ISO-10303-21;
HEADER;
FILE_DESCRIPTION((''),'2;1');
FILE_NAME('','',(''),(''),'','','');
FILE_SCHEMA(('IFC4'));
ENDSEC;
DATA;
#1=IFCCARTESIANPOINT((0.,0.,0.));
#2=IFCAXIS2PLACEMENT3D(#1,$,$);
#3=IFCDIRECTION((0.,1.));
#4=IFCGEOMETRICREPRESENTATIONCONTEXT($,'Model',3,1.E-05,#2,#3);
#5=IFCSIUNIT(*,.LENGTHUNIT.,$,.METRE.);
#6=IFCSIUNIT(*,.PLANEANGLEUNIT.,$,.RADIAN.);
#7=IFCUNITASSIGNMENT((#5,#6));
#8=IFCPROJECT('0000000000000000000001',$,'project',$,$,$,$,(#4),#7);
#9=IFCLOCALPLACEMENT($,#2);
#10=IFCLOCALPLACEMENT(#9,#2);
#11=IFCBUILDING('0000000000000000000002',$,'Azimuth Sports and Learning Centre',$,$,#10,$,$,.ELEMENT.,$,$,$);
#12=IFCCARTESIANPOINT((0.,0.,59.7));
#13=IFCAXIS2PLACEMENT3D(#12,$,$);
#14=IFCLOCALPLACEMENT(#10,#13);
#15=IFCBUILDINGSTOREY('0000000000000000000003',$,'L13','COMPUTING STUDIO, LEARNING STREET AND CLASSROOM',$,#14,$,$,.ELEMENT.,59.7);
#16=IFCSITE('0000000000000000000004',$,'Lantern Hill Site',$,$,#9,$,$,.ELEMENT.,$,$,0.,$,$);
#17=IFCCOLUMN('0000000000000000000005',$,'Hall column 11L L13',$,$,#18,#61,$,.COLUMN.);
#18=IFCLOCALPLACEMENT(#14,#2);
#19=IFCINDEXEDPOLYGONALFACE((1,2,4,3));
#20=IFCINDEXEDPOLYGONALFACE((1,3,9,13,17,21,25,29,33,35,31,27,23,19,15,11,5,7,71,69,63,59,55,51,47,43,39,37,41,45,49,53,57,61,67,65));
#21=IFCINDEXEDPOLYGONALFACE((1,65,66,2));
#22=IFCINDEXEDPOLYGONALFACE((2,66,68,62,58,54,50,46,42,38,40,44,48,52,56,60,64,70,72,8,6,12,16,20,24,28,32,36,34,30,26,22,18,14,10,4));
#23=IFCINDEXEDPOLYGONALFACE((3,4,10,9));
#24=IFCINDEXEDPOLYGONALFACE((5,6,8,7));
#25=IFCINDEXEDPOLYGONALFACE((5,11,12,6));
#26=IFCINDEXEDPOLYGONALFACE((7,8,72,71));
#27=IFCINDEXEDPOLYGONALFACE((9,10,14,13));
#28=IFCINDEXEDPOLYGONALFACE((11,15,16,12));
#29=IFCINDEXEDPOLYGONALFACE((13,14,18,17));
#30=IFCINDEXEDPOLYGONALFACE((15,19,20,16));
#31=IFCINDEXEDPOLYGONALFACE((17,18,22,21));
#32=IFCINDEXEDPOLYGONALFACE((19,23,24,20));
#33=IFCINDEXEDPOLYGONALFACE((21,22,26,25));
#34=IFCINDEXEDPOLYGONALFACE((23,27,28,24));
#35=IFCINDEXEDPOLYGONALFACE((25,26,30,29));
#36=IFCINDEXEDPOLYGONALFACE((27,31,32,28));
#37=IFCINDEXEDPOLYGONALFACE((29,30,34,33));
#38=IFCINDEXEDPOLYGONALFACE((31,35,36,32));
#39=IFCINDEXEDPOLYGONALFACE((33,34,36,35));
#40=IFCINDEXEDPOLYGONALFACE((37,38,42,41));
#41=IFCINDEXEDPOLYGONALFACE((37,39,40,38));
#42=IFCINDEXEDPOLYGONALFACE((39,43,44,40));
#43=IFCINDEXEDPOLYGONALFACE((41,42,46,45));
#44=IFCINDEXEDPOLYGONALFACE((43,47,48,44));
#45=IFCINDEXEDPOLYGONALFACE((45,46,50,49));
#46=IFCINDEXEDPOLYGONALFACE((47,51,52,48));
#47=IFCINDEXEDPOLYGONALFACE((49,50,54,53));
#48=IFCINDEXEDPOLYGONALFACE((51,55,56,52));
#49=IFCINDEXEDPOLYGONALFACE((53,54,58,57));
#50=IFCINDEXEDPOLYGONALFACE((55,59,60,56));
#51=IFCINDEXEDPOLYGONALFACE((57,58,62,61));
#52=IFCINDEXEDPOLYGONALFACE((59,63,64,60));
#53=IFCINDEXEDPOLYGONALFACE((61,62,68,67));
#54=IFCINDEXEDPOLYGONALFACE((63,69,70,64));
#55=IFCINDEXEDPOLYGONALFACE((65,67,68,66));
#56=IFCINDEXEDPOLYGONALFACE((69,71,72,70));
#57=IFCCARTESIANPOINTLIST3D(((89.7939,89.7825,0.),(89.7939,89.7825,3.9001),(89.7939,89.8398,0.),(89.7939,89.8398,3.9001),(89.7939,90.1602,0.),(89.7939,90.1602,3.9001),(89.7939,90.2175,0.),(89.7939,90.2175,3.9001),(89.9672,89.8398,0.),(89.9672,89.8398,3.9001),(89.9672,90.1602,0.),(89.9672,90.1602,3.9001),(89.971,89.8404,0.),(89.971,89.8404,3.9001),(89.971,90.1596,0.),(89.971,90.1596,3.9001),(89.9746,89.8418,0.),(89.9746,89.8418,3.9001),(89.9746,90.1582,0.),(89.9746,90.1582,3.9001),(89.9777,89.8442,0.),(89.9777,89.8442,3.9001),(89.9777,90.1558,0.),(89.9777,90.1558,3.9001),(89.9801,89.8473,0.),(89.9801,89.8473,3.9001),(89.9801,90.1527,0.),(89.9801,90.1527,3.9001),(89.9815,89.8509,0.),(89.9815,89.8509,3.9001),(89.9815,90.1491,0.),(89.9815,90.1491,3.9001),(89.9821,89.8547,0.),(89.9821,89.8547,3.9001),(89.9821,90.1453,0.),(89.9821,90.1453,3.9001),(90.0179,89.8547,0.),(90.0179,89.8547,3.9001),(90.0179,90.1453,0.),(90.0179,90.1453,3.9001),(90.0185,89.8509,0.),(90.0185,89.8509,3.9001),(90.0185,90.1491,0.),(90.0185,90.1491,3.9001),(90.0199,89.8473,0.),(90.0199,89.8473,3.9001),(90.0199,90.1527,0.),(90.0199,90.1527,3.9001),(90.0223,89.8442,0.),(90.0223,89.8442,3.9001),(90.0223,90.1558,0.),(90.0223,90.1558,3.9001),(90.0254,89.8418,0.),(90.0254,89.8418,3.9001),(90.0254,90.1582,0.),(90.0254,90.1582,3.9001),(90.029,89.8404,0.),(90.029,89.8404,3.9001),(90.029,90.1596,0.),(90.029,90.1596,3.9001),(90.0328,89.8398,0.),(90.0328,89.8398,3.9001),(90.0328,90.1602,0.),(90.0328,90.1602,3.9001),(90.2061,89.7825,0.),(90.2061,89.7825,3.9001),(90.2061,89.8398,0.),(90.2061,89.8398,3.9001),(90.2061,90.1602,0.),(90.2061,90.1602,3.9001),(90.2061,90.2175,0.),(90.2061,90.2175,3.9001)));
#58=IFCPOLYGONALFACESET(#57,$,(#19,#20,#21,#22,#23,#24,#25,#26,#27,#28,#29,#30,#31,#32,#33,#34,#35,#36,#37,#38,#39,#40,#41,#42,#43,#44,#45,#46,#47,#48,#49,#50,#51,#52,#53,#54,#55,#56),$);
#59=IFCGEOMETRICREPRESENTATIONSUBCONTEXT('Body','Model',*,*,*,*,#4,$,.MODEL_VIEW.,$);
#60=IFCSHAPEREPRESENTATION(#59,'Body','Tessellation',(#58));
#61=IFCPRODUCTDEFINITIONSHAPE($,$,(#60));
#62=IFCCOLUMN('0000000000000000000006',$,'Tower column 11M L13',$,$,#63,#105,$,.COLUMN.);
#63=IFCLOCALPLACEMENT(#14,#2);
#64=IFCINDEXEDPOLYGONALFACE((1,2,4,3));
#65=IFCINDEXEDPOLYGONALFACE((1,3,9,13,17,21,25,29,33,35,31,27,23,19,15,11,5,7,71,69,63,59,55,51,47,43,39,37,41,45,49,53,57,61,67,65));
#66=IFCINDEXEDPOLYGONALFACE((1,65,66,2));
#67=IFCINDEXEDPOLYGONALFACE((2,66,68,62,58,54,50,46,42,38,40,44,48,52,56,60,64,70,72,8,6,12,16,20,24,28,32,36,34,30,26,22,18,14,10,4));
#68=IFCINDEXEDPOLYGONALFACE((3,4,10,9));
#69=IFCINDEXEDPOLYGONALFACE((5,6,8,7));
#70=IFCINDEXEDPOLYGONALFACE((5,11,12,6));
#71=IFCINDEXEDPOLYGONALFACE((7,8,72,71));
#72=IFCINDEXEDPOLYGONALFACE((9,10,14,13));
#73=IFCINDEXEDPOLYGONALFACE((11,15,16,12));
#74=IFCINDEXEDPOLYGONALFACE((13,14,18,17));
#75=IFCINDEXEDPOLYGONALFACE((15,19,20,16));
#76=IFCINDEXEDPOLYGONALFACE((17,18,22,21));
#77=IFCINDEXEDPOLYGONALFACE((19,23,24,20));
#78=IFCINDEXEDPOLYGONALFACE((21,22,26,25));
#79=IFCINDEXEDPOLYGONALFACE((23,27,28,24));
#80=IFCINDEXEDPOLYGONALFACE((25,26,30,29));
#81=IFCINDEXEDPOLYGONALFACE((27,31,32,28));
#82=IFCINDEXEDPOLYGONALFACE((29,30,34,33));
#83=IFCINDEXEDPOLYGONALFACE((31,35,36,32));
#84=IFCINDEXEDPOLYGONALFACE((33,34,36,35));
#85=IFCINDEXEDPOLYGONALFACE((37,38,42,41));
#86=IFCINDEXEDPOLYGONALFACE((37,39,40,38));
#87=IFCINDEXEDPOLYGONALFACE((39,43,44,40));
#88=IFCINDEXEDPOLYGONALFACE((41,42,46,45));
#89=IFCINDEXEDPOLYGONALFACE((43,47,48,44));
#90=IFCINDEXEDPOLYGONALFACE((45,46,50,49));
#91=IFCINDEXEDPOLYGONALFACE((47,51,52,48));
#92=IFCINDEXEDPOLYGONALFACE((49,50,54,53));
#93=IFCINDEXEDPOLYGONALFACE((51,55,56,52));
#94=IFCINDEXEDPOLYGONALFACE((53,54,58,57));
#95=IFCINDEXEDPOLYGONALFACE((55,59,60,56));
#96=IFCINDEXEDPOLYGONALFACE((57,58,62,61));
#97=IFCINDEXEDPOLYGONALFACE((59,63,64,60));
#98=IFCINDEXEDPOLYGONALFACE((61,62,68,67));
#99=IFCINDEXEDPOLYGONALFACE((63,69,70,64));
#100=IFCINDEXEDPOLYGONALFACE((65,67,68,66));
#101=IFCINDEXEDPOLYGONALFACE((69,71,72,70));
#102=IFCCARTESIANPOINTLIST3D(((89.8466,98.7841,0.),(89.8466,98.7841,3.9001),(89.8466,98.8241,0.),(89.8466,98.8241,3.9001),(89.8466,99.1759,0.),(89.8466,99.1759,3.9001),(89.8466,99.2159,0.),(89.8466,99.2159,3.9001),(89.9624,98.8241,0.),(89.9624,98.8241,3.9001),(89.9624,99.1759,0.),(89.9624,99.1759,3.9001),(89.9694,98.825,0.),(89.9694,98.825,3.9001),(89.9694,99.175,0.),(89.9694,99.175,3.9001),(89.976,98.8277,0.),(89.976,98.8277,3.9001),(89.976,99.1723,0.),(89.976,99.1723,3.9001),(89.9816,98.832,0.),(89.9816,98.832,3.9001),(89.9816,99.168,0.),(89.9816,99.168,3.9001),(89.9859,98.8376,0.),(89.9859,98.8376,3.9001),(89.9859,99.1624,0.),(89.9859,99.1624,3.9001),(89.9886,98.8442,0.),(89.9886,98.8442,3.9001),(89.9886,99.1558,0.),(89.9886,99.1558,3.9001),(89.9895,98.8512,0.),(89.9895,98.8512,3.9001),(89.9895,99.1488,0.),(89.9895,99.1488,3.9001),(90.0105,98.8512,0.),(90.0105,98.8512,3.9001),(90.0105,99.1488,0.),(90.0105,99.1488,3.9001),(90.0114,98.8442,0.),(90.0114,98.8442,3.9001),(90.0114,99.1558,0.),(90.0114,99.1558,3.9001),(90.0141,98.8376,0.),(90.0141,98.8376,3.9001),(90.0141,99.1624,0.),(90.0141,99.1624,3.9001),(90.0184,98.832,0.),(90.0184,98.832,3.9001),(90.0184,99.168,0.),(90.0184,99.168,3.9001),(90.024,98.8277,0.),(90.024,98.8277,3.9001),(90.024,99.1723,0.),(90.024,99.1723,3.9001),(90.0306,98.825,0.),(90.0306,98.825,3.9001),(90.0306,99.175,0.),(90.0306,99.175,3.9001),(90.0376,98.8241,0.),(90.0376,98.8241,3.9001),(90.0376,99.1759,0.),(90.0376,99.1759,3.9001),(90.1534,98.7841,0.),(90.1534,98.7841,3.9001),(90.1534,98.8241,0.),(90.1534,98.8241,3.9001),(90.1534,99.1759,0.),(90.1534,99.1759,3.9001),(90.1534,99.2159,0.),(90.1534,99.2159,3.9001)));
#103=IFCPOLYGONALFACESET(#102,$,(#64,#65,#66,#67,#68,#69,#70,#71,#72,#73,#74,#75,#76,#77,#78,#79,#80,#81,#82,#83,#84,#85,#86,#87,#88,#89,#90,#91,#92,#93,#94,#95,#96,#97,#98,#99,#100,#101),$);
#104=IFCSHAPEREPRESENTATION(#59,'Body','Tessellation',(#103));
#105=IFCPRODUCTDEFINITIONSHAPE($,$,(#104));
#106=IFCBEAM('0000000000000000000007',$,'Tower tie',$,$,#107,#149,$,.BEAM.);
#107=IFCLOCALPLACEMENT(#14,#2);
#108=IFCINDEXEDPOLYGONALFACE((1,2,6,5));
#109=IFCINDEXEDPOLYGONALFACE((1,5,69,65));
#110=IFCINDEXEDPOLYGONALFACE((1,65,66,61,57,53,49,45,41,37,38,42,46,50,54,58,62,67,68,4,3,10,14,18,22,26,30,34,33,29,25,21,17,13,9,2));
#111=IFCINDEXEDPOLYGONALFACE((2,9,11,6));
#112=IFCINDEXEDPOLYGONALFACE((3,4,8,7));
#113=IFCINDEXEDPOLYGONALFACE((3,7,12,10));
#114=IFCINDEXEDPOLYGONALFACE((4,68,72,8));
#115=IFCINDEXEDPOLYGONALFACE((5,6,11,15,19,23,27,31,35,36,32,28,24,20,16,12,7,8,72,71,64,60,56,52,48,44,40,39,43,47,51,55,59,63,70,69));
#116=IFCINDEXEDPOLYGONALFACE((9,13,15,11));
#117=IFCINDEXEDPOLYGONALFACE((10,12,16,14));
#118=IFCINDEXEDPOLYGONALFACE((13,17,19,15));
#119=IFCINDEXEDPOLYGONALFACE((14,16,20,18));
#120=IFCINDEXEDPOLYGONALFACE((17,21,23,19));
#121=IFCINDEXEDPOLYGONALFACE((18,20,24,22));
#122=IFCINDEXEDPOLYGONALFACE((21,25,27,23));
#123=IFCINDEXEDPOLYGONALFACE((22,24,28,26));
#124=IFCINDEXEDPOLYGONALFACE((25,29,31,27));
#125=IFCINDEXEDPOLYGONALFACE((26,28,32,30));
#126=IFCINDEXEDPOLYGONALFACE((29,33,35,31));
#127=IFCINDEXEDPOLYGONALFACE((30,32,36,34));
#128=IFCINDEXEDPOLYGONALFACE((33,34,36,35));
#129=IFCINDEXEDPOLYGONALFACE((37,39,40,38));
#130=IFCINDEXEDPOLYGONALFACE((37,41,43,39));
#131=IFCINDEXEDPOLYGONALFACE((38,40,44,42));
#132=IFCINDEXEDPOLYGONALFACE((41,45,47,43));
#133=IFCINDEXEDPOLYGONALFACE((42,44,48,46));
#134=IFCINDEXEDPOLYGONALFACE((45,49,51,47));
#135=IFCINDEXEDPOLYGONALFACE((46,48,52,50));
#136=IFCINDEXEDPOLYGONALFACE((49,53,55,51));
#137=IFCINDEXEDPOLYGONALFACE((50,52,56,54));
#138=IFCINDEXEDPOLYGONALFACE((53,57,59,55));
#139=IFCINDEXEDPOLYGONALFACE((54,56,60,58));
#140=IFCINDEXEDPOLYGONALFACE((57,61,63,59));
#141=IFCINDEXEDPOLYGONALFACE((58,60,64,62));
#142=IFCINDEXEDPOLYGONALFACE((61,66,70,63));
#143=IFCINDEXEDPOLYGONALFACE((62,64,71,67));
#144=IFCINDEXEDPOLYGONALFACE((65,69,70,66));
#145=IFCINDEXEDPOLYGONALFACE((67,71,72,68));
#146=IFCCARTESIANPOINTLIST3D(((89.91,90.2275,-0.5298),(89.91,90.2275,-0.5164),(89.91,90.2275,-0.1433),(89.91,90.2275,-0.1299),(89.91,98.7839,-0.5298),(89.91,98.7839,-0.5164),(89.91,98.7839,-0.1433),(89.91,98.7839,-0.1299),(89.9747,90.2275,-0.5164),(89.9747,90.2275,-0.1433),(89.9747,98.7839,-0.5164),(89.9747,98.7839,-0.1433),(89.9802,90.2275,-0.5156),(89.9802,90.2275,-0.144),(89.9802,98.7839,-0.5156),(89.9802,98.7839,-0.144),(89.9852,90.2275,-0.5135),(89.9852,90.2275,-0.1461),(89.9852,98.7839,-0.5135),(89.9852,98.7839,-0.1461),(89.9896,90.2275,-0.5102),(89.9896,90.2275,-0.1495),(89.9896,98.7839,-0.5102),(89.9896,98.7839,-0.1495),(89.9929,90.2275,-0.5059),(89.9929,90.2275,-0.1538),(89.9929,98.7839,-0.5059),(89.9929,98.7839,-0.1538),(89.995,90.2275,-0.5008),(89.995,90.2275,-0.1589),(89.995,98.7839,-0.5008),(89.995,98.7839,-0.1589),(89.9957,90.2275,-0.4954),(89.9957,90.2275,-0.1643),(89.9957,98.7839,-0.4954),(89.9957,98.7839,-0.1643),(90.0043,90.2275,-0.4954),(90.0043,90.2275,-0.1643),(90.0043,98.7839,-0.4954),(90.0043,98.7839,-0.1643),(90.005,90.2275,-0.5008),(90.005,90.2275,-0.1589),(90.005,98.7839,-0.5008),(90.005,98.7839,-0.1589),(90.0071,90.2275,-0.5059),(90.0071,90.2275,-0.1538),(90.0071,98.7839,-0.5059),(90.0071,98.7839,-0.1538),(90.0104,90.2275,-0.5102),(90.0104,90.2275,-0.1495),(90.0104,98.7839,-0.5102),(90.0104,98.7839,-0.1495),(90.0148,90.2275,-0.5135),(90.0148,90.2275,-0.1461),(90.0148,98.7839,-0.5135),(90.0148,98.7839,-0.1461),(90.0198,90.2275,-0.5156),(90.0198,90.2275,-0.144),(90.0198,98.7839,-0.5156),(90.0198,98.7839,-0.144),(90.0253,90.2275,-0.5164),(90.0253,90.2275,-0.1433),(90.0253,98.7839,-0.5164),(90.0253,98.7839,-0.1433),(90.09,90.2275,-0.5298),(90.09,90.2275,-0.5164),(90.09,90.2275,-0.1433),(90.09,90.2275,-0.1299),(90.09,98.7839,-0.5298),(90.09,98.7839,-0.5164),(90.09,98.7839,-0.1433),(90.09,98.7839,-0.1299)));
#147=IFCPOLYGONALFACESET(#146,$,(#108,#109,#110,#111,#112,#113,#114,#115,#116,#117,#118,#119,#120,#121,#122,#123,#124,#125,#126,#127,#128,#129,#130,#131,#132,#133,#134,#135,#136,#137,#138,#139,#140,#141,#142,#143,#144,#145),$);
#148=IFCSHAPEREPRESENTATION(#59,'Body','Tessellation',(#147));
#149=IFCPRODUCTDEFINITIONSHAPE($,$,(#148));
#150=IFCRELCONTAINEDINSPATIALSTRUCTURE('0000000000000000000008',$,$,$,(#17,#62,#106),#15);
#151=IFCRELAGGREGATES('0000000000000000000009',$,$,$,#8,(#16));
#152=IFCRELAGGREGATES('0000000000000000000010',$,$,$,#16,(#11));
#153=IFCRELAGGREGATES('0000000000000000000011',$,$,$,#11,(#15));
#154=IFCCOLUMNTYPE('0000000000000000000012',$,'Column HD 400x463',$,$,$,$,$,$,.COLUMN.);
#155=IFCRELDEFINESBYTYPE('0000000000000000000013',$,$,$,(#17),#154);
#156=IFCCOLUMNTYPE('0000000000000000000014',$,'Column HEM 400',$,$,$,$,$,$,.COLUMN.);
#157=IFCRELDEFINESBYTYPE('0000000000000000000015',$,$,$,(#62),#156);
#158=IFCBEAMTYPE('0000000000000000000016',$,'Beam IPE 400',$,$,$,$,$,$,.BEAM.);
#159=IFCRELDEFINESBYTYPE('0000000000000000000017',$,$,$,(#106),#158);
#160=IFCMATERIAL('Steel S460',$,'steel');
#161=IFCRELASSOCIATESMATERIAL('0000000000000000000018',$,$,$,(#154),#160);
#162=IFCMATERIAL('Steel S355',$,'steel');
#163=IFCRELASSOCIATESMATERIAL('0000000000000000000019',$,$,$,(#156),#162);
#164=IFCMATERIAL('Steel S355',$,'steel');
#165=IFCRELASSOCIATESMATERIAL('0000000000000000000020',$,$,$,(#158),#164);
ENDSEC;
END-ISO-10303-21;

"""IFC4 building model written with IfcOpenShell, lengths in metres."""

from ifc_helpers import new_model, si_unit, direction, frame, origin, origin_2d, place, context, subcontext, project, spatial, i_section, extrude, material, material_profile, profile_set, type_object, element, save


model = new_model("IFC4")

# Units and contexts
model_context = context("Model", 3, precision=1e-05, world=origin(), true_north=direction((0.0, 1.0)))
body_context = subcontext(model_context, "Body", "Model", "MODEL_VIEW")
ifc_project = project(units=[si_unit("LENGTHUNIT", "METRE"), si_unit("PLANEANGLEUNIT", "RADIAN")], contexts=[model_context])

# Site, building, storey
site_placement = place(None, origin())
site = spatial("IfcSite", under=ifc_project, at=site_placement, Name="Lantern Hill Site", CompositionType="ELEMENT", RefElevation=0.0)
building_placement = place(site_placement, origin())
building = spatial("IfcBuilding", under=site, at=building_placement, Name="Azimuth Sports and Learning Centre", CompositionType="ELEMENT")
storey_placement = place(building_placement, frame((0.0, 0.0, 59.7)))
storey = spatial("IfcBuildingStorey", under=building, at=storey_placement, Name="L13", Description="COMPUTING STUDIO, LEARNING STREET AND CLASSROOM", CompositionType="ELEMENT", Elevation=59.7)

# Columns
ifc_material_1 = material(Name="Steel S460", Category="steel")
ifc_material_profile_1 = material_profile(ifc_material_1, i_section(OverallWidth=0.4121, OverallDepth=0.4351, WebThickness=0.0359, FlangeThickness=0.0574, FilletRadius=0.0149, at=origin_2d()), Name="HD 400x463")
ifc_profile_set_1 = profile_set([ifc_material_profile_1], Name="Steel S460")
column_type_1 = type_object("IfcColumnType", Name="Column HD 400x463", PredefinedType="COLUMN", material=ifc_profile_set_1)
column_1_placement = place(storey_placement, frame((90.0, 90.0, 0.0), z_axis=(0.0, 0.0, 1.0), x_axis=(1.0, 0.0, 0.0)))
element("IfcColumn", 1, at=column_1_placement, inside=storey, type_object=column_type_1, Name="Hall column 11L L13", PredefinedType="COLUMN", context=body_context, shape_type="SweptSolid", body=[
    extrude(i_section(OverallWidth=0.4121, OverallDepth=0.4351, WebThickness=0.0359, FlangeThickness=0.0574, FilletRadius=0.0149, at=origin_2d()), origin(), (0.0, 0.0, 1.0), 3.9001),
])
ifc_material_2 = material(Name="Steel S355", Category="steel")
ifc_material_profile_2 = material_profile(ifc_material_2, i_section(OverallWidth=0.3069, OverallDepth=0.4319, WebThickness=0.021, FlangeThickness=0.04, FilletRadius=0.0271, at=origin_2d()), Name="HEM 400")
ifc_profile_set_2 = profile_set([ifc_material_profile_2], Name="Steel S355")
column_type_2 = type_object("IfcColumnType", Name="Column HEM 400", PredefinedType="COLUMN", material=ifc_profile_set_2)
column_2_placement = place(storey_placement, frame((90.0, 99.0, 0.0), z_axis=(0.0, 0.0, 1.0), x_axis=(1.0, 0.0, 0.0)))
element("IfcColumn", 2, at=column_2_placement, inside=storey, type_object=column_type_2, Name="Tower column 11M L13", PredefinedType="COLUMN", context=body_context, shape_type="SweptSolid", body=[
    extrude(i_section(OverallWidth=0.3069, OverallDepth=0.4319, WebThickness=0.021, FlangeThickness=0.04, FilletRadius=0.0271, at=origin_2d()), origin(), (0.0, 0.0, 1.0), 3.9001),
])

# Beam
ifc_material_3 = material(Name="Steel S355", Category="steel")
ifc_material_profile_3 = material_profile(ifc_material_3, i_section(OverallWidth=0.1799, OverallDepth=0.3999, WebThickness=0.0085, FlangeThickness=0.0134, FilletRadius=0.021, at=origin_2d()), Name="IPE 400")
ifc_profile_set_3 = profile_set([ifc_material_profile_3], Name="Steel S355")
beam_type_1 = type_object("IfcBeamType", Name="Beam IPE 400", PredefinedType="BEAM", material=ifc_profile_set_3)
beam_1_placement = place(storey_placement, frame((90.0, 90.2275, -0.3298), z_axis=(0.0, 1.0, 0.0), x_axis=(-1.0, 0.0, 0.0)))
element("IfcBeam", 3, at=beam_1_placement, inside=storey, type_object=beam_type_1, Name="Tower tie", PredefinedType="BEAM", context=body_context, shape_type="SweptSolid", body=[
    extrude(i_section(OverallWidth=0.1799, OverallDepth=0.3999, WebThickness=0.0085, FlangeThickness=0.0134, FilletRadius=0.021, at=origin_2d()), origin(), (0.0, 0.0, 1.0), 8.5564),
])

save(model, "model.ifc")
